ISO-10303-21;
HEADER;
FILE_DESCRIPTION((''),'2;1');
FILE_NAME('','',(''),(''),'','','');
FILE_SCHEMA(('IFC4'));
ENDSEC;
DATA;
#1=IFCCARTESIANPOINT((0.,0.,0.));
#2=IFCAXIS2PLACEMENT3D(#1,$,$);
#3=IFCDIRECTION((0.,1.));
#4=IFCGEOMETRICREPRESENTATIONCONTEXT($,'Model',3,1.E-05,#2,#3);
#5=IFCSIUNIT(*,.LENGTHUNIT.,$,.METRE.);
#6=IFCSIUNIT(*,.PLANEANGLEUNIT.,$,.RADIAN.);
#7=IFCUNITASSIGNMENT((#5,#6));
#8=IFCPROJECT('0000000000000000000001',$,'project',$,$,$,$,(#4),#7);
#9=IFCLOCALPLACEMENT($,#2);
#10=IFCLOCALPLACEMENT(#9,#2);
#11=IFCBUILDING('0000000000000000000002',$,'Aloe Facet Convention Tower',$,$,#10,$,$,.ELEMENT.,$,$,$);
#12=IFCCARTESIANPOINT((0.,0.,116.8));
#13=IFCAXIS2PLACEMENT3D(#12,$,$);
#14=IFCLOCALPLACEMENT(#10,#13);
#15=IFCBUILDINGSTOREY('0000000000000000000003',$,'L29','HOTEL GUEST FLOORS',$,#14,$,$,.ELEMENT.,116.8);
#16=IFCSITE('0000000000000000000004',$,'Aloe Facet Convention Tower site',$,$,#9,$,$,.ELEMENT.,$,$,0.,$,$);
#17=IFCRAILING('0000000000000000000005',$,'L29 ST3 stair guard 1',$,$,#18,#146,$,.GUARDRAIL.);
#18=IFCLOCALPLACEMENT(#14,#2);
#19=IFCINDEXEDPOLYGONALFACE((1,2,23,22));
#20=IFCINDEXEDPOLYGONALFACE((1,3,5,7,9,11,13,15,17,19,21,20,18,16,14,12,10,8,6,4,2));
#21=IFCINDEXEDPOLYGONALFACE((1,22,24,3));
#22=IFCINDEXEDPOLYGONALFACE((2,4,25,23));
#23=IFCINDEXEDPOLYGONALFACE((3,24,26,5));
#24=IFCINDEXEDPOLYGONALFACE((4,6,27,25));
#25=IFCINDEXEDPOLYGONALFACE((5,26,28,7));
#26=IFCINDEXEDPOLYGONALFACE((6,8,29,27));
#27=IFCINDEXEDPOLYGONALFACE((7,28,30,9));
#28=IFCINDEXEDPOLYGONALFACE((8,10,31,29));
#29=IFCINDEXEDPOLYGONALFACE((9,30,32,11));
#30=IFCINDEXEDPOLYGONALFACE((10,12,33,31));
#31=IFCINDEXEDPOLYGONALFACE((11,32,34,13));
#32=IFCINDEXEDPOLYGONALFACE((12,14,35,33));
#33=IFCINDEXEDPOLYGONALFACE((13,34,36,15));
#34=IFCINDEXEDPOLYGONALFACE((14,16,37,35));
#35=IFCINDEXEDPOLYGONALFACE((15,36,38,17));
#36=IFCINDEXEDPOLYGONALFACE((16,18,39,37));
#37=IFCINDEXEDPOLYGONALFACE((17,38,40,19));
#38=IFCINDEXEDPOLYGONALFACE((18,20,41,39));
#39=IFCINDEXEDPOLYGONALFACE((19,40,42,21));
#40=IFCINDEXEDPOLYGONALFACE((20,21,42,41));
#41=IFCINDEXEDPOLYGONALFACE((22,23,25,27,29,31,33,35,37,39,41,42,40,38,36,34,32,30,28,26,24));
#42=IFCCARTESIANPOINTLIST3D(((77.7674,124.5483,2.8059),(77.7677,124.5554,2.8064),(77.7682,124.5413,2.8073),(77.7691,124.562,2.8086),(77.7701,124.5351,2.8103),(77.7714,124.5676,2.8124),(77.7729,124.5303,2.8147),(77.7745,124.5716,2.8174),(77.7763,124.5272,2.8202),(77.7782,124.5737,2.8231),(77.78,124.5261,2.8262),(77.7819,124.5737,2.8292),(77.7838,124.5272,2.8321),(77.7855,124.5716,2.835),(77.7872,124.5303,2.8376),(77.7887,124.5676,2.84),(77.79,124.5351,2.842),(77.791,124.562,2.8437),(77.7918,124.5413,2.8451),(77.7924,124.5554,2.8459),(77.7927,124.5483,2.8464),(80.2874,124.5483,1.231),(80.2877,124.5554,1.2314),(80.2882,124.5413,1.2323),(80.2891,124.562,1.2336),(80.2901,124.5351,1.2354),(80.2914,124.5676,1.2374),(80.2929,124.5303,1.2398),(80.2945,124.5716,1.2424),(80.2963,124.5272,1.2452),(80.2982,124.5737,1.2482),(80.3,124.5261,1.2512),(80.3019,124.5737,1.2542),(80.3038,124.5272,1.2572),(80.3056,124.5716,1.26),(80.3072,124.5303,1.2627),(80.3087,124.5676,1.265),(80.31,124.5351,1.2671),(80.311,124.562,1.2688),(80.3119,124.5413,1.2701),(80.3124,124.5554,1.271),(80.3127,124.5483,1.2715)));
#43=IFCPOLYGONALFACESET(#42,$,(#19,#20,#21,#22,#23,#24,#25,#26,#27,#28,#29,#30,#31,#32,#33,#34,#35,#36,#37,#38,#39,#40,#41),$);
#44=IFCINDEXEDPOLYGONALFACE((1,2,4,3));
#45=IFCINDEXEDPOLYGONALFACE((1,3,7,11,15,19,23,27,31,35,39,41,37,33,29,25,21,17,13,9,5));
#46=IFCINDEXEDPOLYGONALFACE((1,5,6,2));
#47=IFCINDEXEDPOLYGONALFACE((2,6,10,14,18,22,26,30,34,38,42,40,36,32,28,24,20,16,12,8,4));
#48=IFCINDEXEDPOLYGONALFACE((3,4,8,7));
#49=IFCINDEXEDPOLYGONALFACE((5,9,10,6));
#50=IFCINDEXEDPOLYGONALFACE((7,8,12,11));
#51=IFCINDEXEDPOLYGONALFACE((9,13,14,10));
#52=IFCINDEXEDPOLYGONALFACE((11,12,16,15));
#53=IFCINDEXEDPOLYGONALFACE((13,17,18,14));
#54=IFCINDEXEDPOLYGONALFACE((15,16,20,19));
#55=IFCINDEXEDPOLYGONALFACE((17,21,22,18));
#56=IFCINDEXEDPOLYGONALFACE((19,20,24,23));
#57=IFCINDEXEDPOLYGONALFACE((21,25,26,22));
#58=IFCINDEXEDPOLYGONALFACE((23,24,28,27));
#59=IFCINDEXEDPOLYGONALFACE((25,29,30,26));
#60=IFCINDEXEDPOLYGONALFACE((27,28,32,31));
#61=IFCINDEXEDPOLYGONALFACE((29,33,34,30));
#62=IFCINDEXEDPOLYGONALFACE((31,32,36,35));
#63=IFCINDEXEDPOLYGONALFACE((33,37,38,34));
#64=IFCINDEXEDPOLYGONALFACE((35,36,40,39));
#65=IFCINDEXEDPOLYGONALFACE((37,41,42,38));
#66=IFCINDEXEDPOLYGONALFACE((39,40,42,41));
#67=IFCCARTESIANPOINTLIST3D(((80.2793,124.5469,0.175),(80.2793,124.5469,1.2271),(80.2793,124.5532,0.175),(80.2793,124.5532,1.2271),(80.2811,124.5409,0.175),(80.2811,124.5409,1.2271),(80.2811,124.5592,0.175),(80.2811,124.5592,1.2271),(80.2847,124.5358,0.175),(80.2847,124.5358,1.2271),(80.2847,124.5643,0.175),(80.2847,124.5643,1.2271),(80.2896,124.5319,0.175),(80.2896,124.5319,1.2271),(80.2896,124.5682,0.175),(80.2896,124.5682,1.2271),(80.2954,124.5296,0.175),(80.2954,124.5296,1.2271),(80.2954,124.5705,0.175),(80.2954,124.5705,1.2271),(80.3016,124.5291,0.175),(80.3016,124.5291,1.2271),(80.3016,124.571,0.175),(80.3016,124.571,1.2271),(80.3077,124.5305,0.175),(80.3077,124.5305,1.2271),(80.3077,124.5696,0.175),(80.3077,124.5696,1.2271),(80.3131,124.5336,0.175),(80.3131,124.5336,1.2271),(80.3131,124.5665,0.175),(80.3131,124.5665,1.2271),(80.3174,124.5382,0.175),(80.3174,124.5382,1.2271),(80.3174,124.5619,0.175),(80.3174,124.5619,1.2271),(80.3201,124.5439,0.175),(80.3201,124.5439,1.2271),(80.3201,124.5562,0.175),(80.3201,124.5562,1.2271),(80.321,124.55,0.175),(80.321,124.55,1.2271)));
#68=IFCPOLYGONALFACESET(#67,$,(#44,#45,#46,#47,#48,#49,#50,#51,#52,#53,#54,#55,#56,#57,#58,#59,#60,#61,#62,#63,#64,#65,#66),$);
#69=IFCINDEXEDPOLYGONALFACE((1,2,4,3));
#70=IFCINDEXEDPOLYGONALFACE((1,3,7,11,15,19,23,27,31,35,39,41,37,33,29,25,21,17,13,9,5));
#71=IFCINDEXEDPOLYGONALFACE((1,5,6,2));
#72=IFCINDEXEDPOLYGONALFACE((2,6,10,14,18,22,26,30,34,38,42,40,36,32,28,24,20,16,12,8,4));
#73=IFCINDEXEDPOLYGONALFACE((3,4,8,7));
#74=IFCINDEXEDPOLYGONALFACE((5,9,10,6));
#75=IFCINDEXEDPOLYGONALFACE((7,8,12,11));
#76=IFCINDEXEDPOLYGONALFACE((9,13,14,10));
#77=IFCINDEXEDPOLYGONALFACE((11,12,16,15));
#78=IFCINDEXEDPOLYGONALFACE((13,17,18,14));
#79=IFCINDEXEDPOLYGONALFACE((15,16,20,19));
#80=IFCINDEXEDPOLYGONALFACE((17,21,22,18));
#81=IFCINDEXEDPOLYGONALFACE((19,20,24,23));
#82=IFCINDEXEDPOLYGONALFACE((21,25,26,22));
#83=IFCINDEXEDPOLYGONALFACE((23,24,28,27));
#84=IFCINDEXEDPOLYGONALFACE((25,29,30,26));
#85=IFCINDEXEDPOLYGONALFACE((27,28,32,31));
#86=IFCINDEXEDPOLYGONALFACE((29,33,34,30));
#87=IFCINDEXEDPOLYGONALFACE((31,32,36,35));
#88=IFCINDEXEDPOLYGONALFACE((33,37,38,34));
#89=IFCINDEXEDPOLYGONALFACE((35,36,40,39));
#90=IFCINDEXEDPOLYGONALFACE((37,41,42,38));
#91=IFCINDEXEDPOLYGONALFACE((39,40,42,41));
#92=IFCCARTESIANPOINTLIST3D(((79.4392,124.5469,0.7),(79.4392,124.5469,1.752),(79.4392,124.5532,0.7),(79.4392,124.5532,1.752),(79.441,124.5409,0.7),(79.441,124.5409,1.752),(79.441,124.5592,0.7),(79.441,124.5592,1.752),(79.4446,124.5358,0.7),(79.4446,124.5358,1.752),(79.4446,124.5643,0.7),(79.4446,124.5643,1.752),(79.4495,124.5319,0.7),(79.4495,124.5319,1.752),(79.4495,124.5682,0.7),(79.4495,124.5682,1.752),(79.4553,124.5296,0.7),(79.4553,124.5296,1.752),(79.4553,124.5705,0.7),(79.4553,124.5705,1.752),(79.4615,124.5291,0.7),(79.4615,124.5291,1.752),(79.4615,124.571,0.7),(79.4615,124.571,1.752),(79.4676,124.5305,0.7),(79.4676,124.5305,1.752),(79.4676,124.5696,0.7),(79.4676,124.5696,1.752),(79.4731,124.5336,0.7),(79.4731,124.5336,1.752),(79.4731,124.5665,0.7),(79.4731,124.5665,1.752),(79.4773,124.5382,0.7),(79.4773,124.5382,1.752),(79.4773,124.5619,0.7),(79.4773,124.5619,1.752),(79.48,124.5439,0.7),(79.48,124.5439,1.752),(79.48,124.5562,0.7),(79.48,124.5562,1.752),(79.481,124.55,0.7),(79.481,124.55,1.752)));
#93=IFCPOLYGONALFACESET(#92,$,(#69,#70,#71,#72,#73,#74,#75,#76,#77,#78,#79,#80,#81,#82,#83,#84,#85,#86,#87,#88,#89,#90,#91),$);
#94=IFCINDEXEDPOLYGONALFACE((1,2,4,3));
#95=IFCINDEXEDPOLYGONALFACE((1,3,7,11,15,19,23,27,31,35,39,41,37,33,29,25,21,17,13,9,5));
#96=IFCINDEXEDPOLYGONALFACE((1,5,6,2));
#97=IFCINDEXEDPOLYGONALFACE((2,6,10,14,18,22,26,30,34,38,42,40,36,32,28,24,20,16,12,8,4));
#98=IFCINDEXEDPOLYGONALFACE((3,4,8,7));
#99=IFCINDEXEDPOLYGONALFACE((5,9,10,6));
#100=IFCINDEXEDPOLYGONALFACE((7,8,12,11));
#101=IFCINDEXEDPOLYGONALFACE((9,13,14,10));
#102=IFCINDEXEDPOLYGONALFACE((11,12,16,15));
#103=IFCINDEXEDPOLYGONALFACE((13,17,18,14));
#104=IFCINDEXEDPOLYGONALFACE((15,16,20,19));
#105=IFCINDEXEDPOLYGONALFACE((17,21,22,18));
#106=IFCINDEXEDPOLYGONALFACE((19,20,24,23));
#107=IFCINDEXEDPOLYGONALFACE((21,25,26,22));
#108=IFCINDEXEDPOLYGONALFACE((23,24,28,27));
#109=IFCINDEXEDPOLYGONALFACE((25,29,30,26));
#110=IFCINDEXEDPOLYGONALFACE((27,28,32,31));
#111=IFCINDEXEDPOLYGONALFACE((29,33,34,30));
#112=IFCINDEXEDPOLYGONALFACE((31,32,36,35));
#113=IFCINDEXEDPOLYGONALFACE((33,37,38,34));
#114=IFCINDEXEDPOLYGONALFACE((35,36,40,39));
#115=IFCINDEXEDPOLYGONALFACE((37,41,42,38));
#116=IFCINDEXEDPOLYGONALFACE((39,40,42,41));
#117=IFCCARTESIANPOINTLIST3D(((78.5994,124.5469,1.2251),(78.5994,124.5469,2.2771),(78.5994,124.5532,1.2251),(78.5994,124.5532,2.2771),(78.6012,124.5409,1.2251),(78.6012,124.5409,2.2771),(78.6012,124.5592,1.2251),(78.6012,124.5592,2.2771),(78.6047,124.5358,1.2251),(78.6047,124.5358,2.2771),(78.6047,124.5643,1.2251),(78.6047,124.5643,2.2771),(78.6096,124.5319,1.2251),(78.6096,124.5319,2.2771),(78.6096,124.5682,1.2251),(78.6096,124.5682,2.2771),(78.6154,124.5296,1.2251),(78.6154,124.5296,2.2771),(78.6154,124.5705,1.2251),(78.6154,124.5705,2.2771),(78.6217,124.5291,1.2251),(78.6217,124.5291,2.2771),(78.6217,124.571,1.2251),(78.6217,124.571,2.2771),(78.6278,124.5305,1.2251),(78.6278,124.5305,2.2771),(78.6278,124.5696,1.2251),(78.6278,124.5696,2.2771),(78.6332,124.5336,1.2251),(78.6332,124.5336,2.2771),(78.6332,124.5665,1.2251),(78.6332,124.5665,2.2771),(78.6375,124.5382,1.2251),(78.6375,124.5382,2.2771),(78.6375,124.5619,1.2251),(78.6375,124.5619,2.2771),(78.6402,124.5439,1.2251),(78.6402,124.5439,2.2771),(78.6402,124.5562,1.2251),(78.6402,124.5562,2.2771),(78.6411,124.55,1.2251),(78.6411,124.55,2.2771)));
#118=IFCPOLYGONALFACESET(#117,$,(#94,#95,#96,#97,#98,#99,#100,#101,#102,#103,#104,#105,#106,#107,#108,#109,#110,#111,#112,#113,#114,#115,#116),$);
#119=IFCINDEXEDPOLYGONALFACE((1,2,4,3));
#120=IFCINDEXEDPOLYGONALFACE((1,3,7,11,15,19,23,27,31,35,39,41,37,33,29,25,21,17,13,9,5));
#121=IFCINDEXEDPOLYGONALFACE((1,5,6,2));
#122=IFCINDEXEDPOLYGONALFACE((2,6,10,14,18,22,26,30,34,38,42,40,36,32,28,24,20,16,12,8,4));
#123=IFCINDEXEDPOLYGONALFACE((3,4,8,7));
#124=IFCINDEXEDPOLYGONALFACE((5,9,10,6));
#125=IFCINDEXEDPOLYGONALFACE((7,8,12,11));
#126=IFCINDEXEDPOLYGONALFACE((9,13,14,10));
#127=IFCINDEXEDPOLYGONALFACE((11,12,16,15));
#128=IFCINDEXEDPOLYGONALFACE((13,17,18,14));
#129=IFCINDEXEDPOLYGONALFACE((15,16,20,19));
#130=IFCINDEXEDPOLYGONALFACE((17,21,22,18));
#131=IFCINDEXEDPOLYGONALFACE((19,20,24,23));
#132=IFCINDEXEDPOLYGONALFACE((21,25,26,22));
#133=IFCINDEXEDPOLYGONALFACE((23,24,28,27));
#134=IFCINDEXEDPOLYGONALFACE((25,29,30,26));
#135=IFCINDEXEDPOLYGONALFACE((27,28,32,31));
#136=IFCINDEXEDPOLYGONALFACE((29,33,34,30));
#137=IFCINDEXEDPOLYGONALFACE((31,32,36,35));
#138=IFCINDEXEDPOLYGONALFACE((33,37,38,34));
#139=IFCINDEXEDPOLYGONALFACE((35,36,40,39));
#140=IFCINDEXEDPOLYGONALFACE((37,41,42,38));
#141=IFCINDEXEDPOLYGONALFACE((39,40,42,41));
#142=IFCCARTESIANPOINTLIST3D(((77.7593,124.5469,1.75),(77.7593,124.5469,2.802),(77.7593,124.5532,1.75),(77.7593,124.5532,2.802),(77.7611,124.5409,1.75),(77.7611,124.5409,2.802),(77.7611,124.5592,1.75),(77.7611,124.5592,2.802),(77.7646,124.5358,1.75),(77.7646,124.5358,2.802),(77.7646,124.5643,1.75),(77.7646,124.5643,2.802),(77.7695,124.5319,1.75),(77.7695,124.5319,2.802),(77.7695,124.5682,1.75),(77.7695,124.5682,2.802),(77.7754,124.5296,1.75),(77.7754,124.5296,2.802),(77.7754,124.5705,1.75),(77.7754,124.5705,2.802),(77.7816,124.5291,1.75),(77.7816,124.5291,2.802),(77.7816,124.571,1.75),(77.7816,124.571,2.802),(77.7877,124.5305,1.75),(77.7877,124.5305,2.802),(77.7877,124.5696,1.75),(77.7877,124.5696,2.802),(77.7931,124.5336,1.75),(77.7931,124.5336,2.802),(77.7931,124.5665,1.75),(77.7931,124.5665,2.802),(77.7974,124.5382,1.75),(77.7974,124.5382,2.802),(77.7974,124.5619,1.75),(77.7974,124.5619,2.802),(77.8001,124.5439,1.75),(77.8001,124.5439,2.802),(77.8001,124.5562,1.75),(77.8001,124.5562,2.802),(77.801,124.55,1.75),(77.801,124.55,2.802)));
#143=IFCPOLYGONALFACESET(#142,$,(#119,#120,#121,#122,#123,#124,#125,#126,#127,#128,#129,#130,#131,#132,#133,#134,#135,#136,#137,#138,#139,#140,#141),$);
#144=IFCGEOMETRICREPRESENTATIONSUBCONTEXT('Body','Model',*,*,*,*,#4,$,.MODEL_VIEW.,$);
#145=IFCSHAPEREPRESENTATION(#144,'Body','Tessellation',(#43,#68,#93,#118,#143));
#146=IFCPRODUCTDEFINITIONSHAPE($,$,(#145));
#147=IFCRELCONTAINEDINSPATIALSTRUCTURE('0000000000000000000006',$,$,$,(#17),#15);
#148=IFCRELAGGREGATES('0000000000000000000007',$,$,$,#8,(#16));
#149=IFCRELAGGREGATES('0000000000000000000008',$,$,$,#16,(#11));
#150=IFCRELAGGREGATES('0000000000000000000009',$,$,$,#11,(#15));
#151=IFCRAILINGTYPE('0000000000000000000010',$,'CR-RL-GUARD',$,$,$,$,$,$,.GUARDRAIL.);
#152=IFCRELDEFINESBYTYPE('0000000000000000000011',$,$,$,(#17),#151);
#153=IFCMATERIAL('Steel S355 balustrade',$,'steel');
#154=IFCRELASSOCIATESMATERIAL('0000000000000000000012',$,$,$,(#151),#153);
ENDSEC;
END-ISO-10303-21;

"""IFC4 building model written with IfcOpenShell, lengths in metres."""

from ifc_helpers import new_model, si_unit, direction, frame, origin, origin_2d, place, context, subcontext, project, spatial, circle, extrude, material, type_object, element, save


model = new_model("IFC4")

# Units and contexts
model_context = context("Model", 3, precision=1e-05, world=origin(), true_north=direction((0.0, 1.0)))
body_context = subcontext(model_context, "Body", "Model", "MODEL_VIEW")
ifc_project = project(units=[si_unit("LENGTHUNIT", "METRE"), si_unit("PLANEANGLEUNIT", "RADIAN")], contexts=[model_context])

# Site, building, storey
site_placement = place(None, origin())
site = spatial("IfcSite", under=ifc_project, at=site_placement, Name="Aloe Facet Convention Tower site", CompositionType="ELEMENT", RefElevation=0.0)
building_placement = place(site_placement, origin())
building = spatial("IfcBuilding", under=site, at=building_placement, Name="Aloe Facet Convention Tower", CompositionType="ELEMENT")
storey_placement = place(building_placement, frame((0.0, 0.0, 116.8)))
storey = spatial("IfcBuildingStorey", under=building, at=storey_placement, Name="L29", Description="HOTEL GUEST FLOORS", CompositionType="ELEMENT", Elevation=116.8)

# Railing
ifc_material_1 = material(Name="Steel S355 balustrade", Category="steel")
railing_type_1 = type_object("IfcRailingType", Name="CR-RL-GUARD", PredefinedType="GUARDRAIL", material=ifc_material_1)
railing_1_placement = place(storey_placement, frame((80.3, 124.55, 0.175)))
element("IfcRailing", 1, at=railing_1_placement, inside=storey, type_object=railing_type_1, Name="L29 ST3 stair guard 1", PredefinedType="GUARDRAIL", context=body_context, shape_type="SweptSolid", body=[
    extrude(circle(Radius=0.0239, at=origin_2d()), frame((0.0, 0.0, 1.0762), z_axis=(-0.848008, 0.0, 0.529984), x_axis=(0.0, -1.0, 0.0)), (0.0, 0.0, 1.0), 2.9717),
    extrude(circle(Radius=0.021, at=origin_2d()), origin(), (0.0, 0.0, 1.0), 1.052),
    extrude(circle(Radius=0.021, at=origin_2d()), frame((-0.8401, 0.0, 0.5249)), (0.0, 0.0, 1.0), 1.052),
    extrude(circle(Radius=0.021, at=origin_2d()), frame((-1.6799, 0.0, 1.05)), (0.0, 0.0, 1.0), 1.052),
    extrude(circle(Radius=0.021, at=origin_2d()), frame((-2.52, 0.0, 1.575)), (0.0, 0.0, 1.0), 1.052),
])

save(model, "model.ifc")
